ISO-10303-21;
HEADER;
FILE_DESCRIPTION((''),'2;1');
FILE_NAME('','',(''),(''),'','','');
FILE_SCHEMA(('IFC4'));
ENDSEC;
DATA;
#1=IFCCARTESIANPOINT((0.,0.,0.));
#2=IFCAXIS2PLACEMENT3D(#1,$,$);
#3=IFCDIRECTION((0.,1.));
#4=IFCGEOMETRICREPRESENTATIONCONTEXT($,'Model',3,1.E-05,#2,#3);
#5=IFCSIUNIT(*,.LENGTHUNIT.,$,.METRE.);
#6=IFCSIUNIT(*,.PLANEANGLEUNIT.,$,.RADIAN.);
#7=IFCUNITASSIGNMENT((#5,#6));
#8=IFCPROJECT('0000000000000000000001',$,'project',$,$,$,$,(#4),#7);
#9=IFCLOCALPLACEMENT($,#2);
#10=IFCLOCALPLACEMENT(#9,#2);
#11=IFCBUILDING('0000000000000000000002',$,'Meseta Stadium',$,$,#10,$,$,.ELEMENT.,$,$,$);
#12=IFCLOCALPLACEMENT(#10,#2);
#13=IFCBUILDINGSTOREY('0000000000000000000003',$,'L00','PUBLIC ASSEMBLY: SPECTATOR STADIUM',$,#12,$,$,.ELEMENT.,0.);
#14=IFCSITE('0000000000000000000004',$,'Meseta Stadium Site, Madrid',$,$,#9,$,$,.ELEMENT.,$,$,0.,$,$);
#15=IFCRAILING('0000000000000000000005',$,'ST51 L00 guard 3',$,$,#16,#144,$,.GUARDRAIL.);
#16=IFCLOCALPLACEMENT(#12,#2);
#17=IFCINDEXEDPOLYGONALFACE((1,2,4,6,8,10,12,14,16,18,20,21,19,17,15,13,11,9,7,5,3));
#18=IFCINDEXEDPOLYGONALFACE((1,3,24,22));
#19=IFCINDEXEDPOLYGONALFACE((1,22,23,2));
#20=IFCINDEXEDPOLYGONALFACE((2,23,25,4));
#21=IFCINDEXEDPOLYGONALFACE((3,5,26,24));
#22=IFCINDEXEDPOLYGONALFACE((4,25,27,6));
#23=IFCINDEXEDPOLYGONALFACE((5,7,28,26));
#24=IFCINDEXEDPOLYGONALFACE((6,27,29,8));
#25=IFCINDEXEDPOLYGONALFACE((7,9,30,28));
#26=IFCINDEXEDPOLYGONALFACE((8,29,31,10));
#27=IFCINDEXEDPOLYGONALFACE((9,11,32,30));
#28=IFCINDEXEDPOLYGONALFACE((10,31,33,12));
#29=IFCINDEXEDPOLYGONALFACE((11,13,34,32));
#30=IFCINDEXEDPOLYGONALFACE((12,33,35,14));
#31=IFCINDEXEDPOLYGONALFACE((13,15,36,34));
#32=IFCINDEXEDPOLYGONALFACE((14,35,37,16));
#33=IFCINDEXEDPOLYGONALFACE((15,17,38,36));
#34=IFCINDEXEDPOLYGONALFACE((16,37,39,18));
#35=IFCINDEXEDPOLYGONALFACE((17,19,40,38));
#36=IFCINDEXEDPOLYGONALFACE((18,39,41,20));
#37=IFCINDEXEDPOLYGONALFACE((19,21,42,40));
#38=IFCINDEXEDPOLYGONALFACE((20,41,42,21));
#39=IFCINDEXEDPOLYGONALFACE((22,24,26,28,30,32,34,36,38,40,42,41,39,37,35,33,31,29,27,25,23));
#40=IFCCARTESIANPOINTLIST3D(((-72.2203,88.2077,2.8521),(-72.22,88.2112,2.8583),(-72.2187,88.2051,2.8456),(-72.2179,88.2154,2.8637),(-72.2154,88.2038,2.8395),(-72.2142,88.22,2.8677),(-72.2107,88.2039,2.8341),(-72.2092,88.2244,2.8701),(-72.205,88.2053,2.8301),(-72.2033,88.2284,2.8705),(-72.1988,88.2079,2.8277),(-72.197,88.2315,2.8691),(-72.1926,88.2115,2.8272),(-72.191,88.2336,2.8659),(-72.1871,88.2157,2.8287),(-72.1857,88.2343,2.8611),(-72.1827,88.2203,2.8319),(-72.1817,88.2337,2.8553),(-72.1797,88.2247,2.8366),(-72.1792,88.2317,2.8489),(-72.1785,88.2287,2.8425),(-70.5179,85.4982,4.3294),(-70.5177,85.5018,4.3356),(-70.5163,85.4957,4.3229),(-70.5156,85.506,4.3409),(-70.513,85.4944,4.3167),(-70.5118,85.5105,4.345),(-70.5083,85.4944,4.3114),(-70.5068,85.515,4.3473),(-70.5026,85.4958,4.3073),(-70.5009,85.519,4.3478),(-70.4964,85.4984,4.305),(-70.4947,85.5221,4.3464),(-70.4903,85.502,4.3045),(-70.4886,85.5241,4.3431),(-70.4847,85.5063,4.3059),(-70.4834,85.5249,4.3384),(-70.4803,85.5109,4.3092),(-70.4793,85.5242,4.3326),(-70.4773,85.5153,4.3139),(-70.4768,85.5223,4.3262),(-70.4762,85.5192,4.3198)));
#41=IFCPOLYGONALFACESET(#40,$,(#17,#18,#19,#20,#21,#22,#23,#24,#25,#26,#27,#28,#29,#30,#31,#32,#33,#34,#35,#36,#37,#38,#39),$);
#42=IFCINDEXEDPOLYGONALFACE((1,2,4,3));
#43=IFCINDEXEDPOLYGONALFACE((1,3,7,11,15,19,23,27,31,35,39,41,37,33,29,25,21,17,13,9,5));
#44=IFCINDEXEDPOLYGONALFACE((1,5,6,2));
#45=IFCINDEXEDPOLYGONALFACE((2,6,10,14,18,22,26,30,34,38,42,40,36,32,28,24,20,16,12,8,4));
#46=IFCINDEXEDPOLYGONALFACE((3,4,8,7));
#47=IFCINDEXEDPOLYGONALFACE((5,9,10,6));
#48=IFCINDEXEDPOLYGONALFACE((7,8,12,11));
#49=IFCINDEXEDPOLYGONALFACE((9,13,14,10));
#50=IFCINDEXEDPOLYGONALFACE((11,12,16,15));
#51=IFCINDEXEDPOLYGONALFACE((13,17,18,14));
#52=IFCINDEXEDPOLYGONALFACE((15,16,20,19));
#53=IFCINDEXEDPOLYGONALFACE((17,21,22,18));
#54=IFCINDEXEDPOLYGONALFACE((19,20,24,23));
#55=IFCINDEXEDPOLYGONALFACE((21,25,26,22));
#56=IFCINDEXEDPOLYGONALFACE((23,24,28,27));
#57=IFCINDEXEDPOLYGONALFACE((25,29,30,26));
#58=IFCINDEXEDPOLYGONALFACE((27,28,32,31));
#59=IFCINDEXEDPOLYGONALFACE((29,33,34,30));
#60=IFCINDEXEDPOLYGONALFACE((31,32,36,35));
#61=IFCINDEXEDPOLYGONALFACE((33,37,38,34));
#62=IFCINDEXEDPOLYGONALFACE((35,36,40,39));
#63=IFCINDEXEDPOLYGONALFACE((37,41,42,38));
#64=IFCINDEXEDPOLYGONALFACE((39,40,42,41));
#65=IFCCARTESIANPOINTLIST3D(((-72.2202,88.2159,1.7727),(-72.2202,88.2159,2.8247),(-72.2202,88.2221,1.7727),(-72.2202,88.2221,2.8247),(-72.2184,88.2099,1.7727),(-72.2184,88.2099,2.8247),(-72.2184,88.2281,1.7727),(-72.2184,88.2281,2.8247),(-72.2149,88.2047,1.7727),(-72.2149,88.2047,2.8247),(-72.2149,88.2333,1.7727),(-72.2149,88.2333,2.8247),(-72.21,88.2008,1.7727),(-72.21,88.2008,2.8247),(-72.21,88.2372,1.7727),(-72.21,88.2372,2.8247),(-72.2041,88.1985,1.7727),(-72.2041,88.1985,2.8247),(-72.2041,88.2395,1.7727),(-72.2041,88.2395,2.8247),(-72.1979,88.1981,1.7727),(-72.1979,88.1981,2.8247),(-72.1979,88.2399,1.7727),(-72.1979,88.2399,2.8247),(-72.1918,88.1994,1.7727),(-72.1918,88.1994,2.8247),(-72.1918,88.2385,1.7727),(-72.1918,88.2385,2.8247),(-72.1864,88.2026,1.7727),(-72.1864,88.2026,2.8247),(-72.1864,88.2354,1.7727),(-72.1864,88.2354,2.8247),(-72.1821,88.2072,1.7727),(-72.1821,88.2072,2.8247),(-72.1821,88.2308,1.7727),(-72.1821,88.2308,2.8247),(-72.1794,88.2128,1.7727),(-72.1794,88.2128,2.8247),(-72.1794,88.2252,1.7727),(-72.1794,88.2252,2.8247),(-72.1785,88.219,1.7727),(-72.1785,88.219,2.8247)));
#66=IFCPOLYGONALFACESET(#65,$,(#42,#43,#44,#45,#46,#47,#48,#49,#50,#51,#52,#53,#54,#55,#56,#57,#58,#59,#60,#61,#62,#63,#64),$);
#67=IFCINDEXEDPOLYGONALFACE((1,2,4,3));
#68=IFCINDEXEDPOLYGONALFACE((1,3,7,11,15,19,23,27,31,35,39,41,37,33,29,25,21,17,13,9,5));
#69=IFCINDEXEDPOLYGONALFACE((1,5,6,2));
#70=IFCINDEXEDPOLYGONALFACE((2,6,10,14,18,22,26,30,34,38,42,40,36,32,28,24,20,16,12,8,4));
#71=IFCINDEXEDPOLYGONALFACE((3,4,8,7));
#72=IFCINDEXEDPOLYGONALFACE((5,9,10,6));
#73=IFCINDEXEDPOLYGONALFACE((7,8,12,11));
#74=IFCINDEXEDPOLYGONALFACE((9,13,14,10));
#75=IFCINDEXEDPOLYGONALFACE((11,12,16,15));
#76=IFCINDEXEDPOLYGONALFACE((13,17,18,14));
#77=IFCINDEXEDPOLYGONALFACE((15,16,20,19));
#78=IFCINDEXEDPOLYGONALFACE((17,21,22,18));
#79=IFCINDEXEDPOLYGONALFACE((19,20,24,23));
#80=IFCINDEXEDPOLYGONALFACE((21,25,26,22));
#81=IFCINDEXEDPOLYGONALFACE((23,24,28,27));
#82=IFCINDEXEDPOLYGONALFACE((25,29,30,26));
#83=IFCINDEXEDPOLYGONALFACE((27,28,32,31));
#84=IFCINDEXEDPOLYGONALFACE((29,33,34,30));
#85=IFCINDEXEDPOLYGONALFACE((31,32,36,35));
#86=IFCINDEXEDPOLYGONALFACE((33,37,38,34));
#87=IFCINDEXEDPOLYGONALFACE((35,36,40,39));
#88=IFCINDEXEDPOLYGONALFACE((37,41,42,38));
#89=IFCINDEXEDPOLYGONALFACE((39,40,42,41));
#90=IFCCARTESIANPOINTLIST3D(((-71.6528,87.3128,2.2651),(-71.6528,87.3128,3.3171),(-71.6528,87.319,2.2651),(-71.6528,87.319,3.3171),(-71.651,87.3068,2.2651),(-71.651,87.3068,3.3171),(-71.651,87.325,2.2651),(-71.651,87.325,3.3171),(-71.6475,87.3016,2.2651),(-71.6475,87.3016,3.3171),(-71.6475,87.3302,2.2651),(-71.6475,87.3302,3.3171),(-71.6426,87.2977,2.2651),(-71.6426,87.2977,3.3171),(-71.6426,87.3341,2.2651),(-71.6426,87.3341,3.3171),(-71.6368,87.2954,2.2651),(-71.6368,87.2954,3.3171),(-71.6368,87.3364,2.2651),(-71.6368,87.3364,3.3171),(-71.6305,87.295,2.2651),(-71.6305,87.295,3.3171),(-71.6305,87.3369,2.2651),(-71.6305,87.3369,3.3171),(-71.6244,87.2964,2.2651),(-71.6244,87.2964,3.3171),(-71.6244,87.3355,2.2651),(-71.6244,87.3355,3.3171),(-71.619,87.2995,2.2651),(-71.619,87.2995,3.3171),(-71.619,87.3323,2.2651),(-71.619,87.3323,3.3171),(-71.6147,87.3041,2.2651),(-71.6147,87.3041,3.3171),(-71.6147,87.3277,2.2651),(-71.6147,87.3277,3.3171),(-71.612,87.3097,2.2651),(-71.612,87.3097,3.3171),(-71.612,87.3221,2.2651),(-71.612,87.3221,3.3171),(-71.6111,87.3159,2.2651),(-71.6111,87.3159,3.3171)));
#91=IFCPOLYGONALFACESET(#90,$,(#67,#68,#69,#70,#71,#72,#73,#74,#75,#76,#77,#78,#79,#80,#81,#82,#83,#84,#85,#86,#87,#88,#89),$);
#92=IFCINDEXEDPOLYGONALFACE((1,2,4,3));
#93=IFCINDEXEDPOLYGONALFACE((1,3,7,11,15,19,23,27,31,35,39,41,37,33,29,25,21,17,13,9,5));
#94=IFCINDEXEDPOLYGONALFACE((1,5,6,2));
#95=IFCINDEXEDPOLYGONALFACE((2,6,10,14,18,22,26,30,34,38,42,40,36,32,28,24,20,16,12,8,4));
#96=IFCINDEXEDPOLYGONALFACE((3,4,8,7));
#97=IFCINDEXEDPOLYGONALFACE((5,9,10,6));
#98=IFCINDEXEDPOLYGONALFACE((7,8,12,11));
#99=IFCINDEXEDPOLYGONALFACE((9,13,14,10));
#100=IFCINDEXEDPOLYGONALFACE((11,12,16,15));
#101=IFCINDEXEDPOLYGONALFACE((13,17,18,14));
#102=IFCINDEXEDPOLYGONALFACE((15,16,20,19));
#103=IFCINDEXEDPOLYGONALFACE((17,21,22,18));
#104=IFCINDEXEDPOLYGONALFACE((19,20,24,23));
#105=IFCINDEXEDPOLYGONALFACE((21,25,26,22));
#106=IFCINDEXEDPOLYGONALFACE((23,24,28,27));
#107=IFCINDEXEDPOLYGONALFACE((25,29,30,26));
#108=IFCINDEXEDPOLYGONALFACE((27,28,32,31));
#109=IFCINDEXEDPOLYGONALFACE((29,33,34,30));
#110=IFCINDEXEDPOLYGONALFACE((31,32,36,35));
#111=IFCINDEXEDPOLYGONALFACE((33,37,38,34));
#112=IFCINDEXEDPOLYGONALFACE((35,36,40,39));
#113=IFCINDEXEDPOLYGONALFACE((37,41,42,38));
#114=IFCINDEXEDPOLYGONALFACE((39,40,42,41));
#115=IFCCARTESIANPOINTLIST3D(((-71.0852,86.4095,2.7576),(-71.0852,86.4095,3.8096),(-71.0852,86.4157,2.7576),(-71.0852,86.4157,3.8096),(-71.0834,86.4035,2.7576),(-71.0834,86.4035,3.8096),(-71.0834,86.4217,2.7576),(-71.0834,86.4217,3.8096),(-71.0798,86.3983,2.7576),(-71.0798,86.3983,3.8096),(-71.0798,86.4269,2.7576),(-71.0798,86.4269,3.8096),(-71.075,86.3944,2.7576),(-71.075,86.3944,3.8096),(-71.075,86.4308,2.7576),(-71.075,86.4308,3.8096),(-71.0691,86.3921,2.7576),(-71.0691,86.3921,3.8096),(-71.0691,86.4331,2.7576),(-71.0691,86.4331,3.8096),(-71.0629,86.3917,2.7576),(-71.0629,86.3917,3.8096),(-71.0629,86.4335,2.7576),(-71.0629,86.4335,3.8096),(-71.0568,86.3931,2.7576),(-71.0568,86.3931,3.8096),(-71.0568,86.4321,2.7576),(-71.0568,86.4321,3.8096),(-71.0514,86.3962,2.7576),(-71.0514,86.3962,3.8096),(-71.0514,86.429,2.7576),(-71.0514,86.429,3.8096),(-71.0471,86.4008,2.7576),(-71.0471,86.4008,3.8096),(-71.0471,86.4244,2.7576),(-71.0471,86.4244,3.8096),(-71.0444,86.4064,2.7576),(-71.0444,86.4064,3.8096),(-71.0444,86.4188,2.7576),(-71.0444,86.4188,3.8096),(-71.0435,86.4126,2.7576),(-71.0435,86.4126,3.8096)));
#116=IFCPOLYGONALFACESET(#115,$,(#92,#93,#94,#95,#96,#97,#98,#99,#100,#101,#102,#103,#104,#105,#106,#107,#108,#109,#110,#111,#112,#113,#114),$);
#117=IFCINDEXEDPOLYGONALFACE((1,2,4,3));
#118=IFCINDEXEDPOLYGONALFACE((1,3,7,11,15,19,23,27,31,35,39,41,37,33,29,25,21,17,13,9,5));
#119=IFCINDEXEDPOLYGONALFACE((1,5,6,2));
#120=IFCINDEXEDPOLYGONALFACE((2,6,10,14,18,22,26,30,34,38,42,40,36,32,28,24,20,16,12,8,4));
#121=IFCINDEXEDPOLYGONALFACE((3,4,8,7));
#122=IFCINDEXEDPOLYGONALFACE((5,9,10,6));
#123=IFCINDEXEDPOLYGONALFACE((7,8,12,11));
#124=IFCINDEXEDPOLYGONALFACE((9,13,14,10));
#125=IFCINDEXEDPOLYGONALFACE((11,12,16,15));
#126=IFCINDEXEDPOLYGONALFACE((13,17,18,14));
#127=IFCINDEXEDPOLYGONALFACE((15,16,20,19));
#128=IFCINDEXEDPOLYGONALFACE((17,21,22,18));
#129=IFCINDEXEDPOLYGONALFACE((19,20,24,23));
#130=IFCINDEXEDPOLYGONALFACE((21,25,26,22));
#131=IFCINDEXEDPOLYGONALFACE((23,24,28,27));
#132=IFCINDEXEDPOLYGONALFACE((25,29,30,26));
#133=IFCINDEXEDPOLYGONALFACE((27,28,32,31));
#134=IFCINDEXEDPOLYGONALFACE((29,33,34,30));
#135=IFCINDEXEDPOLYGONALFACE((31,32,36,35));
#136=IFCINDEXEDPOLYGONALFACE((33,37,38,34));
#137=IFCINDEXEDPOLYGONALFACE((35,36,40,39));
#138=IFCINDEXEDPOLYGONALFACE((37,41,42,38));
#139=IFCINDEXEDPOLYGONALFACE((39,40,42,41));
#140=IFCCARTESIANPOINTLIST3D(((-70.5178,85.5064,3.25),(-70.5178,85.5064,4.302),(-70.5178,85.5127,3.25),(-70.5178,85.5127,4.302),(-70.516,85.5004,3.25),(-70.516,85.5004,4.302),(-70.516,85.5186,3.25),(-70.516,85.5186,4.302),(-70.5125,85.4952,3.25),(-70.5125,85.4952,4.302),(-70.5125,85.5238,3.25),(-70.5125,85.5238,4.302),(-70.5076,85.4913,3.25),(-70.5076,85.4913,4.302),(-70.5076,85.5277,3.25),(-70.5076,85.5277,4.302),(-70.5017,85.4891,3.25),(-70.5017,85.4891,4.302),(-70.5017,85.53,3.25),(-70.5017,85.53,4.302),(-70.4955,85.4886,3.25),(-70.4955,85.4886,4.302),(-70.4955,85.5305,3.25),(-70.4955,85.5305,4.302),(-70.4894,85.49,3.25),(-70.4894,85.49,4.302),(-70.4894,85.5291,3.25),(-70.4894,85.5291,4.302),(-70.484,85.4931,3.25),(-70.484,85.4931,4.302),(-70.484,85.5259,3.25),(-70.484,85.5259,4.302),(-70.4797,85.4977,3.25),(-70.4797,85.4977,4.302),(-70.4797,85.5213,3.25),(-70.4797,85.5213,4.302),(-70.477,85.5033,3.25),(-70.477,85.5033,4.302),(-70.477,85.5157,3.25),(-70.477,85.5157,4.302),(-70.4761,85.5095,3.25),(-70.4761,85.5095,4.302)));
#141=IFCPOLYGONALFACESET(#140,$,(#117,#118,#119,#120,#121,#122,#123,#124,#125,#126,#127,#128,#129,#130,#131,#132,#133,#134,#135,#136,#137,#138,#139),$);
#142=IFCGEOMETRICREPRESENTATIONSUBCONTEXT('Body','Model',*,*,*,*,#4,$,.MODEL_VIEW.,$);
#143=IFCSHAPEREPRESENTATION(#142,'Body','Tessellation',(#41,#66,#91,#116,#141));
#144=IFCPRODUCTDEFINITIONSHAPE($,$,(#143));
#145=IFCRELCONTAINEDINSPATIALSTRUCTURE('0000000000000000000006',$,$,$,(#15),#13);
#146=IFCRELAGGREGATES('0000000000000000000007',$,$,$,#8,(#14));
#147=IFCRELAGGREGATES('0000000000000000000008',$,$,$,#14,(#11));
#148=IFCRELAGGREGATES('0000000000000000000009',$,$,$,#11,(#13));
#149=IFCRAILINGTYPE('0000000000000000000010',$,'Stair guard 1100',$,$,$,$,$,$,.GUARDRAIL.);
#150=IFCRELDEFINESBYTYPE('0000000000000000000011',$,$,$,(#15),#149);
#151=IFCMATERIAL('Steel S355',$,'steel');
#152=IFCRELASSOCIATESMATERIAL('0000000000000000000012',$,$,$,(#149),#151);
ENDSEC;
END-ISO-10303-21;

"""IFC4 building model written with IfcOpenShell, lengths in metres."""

from ifc_helpers import new_model, si_unit, direction, frame, origin, origin_2d, place, context, subcontext, project, spatial, circle, extrude, material, type_object, element, save


model = new_model("IFC4")

# Units and contexts
model_context = context("Model", 3, precision=1e-05, world=origin(), true_north=direction((0.0, 1.0)))
body_context = subcontext(model_context, "Body", "Model", "MODEL_VIEW")
ifc_project = project(units=[si_unit("LENGTHUNIT", "METRE"), si_unit("PLANEANGLEUNIT", "RADIAN")], contexts=[model_context])

# Site, building, storey
site_placement = place(None, origin())
site = spatial("IfcSite", under=ifc_project, at=site_placement, Name="Meseta Stadium Site, Madrid", CompositionType="ELEMENT", RefElevation=0.0)
building_placement = place(site_placement, origin())
building = spatial("IfcBuilding", under=site, at=building_placement, Name="Meseta Stadium", CompositionType="ELEMENT")
storey_placement = place(building_placement, origin())
storey = spatial("IfcBuildingStorey", under=building, at=storey_placement, Name="L00", Description="PUBLIC ASSEMBLY: SPECTATOR STADIUM", CompositionType="ELEMENT", Elevation=0.0)

# Railing
ifc_material_1 = material(Name="Steel S355", Category="steel")
railing_type_1 = type_object("IfcRailingType", Name="Stair guard 1100", PredefinedType="GUARDRAIL", material=ifc_material_1)
railing_1_placement = place(storey_placement, frame((-72.1995, 88.219, 1.7727)))
element("IfcRailing", 1, at=railing_1_placement, inside=storey, type_object=railing_type_1, Name="ST51 L00 guard 3", PredefinedType="GUARDRAIL", context=body_context, shape_type="SweptSolid", body=[
    extrude(circle(Radius=0.0239, at=origin_2d()), frame((0.0, 0.0, 1.0762), z_axis=(0.483023, -0.768764, 0.419156), x_axis=(0.846736, 0.532014, 0.0)), (0.0, 0.0, 1.0), 3.5244),
    extrude(circle(Radius=0.021, at=origin_2d()), origin(), (0.0, 0.0, 1.0), 1.052),
    extrude(circle(Radius=0.021, at=origin_2d()), frame((0.5674, -0.9031, 0.4924)), (0.0, 0.0, 1.0), 1.052),
    extrude(circle(Radius=0.021, at=origin_2d()), frame((1.135, -1.8064, 0.9849)), (0.0, 0.0, 1.0), 1.052),
    extrude(circle(Radius=0.021, at=origin_2d()), frame((1.7024, -2.7095, 1.4773)), (0.0, 0.0, 1.0), 1.052),
])

save(model, "model.ifc")
